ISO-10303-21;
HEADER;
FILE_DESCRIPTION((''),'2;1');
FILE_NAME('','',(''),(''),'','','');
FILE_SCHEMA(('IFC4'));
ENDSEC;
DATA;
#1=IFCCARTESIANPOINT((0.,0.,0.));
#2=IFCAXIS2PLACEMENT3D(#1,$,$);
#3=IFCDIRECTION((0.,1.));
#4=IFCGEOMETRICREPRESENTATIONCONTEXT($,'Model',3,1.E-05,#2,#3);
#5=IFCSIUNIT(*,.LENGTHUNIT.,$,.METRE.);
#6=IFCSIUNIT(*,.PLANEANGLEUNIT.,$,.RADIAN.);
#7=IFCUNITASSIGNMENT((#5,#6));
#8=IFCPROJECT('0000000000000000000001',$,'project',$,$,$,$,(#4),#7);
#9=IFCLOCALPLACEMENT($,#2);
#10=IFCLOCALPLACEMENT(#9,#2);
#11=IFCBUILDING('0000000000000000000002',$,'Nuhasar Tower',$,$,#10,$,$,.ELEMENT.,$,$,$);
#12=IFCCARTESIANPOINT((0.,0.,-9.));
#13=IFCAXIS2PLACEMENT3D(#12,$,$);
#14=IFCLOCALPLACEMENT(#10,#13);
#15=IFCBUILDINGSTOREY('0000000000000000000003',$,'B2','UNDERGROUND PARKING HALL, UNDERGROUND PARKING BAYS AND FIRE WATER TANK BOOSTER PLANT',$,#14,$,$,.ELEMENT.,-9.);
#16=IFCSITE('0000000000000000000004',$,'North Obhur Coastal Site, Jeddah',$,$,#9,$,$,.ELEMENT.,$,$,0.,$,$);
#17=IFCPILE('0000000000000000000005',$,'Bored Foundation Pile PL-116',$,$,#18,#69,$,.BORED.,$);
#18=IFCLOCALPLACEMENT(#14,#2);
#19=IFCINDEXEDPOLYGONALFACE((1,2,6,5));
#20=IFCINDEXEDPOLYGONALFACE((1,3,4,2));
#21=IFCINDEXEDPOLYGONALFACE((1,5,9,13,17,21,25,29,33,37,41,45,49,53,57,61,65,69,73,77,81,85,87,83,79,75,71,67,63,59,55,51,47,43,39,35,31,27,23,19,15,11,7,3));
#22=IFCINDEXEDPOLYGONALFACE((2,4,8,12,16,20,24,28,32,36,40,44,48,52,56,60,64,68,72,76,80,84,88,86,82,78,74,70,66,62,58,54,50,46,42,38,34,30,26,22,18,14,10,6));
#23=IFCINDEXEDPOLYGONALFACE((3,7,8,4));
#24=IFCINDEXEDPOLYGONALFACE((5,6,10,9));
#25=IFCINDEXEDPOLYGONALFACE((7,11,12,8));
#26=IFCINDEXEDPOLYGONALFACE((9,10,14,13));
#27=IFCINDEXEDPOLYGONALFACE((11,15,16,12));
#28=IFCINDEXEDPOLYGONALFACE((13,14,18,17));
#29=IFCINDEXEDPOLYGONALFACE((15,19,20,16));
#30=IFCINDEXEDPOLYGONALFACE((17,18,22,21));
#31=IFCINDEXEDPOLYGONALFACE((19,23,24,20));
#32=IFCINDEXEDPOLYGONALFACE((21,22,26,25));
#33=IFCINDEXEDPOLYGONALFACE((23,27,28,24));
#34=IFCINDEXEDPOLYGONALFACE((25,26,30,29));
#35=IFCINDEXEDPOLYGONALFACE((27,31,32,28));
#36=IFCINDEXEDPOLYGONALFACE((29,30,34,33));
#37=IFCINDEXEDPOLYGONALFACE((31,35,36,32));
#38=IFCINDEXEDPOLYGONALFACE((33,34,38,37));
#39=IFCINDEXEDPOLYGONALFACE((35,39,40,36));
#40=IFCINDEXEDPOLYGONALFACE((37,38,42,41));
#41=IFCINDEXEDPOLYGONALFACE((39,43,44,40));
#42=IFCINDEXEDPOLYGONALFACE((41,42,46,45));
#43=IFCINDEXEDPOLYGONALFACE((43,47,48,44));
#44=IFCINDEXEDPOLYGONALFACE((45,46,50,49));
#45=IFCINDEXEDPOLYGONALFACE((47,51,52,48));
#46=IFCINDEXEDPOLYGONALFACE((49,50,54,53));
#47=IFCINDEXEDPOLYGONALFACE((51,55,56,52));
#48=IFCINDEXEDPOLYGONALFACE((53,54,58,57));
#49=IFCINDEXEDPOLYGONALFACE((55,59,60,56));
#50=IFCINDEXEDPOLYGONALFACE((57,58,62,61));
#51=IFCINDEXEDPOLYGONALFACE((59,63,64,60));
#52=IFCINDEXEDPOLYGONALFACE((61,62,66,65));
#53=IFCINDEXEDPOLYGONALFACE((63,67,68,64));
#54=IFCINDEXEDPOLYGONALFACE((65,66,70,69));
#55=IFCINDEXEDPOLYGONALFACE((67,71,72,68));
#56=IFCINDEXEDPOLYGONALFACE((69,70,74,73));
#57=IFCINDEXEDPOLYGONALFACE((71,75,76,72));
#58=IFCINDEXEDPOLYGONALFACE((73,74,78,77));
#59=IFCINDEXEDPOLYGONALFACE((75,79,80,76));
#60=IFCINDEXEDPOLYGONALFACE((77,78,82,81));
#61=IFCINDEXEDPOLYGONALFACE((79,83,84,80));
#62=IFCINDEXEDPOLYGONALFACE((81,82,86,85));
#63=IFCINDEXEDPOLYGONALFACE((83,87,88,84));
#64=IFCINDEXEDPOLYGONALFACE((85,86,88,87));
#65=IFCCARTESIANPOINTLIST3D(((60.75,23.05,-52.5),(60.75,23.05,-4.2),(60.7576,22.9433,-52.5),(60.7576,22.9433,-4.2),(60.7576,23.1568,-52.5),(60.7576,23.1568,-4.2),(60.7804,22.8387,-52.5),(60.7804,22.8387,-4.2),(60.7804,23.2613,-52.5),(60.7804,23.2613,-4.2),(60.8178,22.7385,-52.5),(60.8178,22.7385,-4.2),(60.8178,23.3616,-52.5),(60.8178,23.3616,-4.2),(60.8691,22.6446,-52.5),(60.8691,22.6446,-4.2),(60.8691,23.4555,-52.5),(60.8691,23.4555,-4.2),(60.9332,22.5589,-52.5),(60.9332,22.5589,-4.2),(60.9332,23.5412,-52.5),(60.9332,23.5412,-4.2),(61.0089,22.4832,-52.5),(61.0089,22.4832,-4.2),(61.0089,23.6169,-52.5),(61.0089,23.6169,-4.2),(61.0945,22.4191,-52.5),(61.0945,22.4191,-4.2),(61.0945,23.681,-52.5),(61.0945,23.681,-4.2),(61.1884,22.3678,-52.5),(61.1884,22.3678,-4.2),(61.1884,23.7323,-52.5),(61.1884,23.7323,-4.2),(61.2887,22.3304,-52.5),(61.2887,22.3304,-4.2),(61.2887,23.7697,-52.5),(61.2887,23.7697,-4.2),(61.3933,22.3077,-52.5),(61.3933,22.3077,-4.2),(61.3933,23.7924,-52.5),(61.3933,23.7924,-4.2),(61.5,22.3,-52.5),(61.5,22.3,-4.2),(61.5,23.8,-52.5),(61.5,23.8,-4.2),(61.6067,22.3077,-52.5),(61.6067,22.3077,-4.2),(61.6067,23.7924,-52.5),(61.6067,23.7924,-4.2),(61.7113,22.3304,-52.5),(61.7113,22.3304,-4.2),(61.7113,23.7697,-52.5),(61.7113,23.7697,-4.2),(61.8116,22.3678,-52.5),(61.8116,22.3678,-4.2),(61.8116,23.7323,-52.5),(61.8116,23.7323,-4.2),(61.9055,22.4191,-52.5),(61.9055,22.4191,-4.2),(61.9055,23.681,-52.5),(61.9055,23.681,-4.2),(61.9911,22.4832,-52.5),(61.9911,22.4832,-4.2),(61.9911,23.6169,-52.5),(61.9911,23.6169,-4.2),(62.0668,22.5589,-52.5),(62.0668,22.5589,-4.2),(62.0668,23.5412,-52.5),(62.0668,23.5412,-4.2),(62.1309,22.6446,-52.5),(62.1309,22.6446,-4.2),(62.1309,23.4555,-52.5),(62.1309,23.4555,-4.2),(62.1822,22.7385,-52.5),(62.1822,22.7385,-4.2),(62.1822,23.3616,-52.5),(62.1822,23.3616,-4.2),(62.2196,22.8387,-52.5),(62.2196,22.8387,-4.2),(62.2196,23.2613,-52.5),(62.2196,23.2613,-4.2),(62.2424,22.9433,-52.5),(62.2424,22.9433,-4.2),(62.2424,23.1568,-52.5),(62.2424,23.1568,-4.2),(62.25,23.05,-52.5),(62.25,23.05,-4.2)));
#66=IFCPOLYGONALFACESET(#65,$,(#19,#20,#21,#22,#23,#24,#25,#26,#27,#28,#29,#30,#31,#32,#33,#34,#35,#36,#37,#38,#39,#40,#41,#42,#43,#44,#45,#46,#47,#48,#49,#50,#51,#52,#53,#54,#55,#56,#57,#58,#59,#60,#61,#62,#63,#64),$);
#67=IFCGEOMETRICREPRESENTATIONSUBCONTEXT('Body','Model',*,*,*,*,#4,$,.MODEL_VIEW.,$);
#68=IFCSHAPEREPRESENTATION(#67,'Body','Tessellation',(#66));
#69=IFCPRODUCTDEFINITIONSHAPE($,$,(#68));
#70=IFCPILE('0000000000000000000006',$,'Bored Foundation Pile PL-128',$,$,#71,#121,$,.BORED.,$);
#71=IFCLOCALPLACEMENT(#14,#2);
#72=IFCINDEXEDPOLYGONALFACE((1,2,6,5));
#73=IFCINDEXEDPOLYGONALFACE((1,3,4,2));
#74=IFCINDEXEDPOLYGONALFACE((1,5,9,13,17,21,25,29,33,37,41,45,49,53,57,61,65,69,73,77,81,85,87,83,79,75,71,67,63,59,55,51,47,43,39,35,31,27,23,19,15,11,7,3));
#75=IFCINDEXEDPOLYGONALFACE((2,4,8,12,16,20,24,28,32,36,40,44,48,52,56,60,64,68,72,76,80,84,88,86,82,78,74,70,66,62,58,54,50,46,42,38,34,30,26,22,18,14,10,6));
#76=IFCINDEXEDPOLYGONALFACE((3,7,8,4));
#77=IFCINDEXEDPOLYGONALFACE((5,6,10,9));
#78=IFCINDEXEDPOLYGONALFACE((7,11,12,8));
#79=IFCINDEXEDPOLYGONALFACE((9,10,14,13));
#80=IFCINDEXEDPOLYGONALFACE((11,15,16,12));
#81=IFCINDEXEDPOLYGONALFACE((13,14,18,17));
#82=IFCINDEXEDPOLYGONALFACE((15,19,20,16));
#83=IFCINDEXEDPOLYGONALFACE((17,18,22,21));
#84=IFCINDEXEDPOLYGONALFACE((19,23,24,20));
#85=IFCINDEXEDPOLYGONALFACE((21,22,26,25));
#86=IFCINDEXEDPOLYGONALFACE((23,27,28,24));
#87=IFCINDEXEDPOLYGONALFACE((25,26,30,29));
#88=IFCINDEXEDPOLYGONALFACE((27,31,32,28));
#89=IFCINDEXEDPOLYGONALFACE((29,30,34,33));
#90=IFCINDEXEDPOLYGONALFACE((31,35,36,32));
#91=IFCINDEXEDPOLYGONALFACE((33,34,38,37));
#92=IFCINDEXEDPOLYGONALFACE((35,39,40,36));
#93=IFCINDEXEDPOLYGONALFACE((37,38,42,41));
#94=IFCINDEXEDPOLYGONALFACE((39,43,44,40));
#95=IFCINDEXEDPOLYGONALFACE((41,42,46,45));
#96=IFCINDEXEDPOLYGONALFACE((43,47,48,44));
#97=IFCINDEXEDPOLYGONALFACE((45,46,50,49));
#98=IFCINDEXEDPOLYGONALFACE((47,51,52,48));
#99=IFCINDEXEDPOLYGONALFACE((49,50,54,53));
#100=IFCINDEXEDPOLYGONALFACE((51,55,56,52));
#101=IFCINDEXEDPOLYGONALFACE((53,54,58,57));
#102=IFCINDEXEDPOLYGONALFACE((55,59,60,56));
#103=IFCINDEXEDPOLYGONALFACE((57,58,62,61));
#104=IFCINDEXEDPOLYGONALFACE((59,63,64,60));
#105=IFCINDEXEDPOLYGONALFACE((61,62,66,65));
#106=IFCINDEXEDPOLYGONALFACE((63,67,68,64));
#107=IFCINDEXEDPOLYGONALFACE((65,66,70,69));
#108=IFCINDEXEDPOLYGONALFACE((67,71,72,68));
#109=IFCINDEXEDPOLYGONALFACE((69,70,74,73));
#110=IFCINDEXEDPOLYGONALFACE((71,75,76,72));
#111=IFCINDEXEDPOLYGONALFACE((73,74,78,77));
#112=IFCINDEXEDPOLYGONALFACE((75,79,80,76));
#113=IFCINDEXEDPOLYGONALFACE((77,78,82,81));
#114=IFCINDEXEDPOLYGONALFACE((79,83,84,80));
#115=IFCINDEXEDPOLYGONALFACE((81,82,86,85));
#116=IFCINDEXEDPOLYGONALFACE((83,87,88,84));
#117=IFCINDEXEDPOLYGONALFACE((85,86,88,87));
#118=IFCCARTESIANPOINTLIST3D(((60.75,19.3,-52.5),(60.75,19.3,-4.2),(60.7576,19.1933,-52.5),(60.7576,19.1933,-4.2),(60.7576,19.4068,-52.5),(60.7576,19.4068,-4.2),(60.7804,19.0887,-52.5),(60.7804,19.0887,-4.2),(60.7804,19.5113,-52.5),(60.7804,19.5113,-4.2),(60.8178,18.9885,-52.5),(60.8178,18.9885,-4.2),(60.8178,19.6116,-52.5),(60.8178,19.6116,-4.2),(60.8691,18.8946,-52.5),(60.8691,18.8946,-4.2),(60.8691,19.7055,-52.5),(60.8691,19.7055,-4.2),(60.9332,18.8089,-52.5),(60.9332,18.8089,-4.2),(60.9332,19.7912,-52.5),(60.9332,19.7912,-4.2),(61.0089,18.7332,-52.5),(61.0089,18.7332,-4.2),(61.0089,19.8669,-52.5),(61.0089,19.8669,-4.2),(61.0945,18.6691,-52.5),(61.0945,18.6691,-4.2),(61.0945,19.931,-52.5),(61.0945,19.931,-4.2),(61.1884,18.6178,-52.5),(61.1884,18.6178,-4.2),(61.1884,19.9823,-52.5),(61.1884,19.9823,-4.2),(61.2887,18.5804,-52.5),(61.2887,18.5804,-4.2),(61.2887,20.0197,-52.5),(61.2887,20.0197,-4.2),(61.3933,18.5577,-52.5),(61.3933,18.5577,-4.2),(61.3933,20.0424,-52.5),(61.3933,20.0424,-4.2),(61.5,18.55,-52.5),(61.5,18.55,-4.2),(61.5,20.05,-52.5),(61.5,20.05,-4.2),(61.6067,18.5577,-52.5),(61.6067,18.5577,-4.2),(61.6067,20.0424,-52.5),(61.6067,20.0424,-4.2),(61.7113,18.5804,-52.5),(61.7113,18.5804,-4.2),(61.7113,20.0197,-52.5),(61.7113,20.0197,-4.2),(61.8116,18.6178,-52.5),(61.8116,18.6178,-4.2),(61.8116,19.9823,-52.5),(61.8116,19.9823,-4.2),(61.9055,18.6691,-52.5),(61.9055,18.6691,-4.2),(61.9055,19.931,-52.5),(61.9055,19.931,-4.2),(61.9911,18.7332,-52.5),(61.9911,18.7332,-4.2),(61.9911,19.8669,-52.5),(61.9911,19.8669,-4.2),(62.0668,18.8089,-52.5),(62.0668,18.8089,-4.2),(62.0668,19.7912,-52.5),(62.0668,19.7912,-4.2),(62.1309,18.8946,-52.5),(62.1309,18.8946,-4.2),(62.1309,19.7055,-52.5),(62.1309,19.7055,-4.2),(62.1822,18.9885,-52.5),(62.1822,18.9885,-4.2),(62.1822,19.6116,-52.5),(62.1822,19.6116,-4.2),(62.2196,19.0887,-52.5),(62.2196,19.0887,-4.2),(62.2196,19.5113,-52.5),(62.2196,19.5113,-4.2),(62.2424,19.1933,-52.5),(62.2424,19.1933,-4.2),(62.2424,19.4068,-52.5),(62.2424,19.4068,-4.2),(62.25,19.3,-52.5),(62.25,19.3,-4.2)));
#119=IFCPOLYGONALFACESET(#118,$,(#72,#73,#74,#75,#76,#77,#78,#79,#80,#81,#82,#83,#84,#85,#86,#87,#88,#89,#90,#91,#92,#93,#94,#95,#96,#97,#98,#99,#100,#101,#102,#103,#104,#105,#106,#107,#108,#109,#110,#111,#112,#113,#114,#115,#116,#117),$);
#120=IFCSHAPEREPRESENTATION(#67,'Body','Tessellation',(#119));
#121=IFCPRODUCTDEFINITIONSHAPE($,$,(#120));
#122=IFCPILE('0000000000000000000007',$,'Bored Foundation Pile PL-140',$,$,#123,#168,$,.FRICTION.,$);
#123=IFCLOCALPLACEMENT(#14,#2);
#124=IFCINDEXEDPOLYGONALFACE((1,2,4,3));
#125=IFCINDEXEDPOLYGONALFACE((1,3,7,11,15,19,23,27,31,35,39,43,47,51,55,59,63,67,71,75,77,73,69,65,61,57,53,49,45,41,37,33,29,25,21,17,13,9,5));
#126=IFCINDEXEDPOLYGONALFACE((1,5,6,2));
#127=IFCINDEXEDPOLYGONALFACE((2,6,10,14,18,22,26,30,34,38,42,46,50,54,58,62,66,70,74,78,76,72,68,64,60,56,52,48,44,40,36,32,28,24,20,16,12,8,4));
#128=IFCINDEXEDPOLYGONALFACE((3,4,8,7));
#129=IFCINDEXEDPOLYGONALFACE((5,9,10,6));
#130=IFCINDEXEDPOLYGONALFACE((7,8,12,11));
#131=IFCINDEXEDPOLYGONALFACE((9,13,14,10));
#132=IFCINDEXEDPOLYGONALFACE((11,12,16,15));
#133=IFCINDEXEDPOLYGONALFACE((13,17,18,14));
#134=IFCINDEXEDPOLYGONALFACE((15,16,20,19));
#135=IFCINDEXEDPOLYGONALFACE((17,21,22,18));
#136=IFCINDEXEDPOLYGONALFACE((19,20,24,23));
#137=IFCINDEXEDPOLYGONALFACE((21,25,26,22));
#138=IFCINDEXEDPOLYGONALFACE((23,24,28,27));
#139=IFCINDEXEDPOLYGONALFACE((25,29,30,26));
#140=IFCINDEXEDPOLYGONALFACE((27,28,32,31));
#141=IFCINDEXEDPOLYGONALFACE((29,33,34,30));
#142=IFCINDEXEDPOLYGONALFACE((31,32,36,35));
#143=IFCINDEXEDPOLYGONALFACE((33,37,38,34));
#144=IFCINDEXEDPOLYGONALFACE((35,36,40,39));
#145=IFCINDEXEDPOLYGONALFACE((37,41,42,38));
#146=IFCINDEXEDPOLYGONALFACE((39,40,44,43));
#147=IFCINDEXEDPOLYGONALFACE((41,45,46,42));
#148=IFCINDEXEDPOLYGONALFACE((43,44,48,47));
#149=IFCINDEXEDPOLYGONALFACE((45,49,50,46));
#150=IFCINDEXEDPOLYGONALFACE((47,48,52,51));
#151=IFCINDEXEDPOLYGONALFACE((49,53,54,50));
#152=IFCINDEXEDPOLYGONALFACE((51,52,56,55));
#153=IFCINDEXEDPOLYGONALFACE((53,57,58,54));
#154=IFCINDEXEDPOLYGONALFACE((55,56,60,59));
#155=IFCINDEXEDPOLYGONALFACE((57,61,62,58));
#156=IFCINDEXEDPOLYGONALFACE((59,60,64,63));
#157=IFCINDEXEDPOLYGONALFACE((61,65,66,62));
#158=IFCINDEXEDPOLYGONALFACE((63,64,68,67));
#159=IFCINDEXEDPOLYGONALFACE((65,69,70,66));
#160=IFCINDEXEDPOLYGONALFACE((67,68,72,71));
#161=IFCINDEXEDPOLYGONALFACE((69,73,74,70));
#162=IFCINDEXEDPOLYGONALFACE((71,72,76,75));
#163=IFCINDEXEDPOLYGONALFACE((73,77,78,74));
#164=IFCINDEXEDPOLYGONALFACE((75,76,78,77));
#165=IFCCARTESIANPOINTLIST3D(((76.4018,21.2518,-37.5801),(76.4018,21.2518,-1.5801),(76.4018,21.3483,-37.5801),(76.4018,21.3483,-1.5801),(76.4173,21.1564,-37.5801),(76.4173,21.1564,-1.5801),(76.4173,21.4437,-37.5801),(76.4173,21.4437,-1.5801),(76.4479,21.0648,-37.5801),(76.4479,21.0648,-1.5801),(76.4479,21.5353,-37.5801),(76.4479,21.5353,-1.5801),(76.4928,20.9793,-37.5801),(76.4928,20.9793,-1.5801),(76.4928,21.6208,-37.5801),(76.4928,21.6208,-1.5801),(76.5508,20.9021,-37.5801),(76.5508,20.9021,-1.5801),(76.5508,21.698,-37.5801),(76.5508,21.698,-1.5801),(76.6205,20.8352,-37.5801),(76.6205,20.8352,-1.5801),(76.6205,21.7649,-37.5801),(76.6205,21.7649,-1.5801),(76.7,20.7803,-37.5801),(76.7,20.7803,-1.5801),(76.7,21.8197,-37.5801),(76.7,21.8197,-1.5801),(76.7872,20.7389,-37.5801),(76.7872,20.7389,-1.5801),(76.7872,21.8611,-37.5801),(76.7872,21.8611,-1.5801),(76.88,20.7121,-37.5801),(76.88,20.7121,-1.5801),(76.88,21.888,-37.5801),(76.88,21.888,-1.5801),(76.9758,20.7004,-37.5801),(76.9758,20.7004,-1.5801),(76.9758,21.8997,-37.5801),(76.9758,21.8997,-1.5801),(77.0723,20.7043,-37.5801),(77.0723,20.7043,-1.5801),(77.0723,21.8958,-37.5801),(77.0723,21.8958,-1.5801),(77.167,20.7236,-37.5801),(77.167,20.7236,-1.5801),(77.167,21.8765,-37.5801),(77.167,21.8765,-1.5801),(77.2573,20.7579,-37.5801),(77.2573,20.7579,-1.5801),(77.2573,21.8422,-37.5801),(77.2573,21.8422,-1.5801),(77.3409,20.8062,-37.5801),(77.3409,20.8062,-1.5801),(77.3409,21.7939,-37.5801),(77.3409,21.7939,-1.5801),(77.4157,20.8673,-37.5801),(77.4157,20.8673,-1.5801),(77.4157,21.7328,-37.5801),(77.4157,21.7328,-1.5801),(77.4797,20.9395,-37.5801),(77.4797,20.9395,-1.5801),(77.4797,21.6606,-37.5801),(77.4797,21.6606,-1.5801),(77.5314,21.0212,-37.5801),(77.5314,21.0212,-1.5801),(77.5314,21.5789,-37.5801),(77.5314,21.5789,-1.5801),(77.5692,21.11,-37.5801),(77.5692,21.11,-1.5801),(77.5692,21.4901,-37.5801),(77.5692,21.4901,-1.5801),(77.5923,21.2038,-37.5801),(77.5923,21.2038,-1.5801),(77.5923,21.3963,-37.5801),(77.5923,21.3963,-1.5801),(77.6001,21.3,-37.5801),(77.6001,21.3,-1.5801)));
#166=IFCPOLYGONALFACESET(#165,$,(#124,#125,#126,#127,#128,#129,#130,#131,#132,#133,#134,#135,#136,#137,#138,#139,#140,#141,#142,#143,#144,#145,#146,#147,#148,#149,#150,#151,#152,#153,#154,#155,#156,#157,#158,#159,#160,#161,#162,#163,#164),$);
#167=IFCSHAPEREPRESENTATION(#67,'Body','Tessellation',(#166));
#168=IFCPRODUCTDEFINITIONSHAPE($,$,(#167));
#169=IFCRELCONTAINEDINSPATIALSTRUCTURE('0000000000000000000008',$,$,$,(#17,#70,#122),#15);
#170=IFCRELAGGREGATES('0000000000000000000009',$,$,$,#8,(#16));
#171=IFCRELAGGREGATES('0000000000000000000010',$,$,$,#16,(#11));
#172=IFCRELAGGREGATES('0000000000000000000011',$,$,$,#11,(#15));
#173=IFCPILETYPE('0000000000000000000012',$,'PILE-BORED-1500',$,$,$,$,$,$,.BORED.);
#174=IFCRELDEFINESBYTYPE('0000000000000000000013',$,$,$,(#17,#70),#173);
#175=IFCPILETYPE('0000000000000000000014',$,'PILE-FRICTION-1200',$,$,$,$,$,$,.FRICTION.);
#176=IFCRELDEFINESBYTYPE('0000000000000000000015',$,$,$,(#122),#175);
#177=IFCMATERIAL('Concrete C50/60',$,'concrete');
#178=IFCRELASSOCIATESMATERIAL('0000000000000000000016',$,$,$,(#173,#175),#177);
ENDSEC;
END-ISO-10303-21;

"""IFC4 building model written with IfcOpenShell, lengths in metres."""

from ifc_helpers import new_model, si_unit, direction, frame, origin, origin_2d, place, context, subcontext, project, spatial, circle, extrude, material, material_profile, profile_set, type_object, element, save


model = new_model("IFC4")

# Units and contexts
model_context = context("Model", 3, precision=1e-05, world=origin(), true_north=direction((0.0, 1.0)))
body_context = subcontext(model_context, "Body", "Model", "MODEL_VIEW")
ifc_project = project(units=[si_unit("LENGTHUNIT", "METRE"), si_unit("PLANEANGLEUNIT", "RADIAN")], contexts=[model_context])

# Site, building, storey
site_placement = place(None, origin())
site = spatial("IfcSite", under=ifc_project, at=site_placement, Name="North Obhur Coastal Site, Jeddah", CompositionType="ELEMENT", RefElevation=0.0)
building_placement = place(site_placement, origin())
building = spatial("IfcBuilding", under=site, at=building_placement, Name="Nuhasar Tower", CompositionType="ELEMENT")
storey_placement = place(building_placement, frame((0.0, 0.0, -9.0)))
storey = spatial("IfcBuildingStorey", under=building, at=storey_placement, Name="B2", Description="UNDERGROUND PARKING HALL, UNDERGROUND PARKING BAYS AND FIRE WATER TANK BOOSTER PLANT", CompositionType="ELEMENT", Elevation=-9.0)

# Shared definitions
ifc_material_1 = material(Name="Concrete C50/60", Category="concrete")

# Piles
ifc_material_profile_1 = material_profile(ifc_material_1, circle(Radius=0.75, at=origin_2d()), Name="PILE1500")
ifc_profile_set_1 = profile_set([ifc_material_profile_1], Name="Concrete C50/60")
pile_type_1 = type_object("IfcPileType", Name="PILE-BORED-1500", PredefinedType="BORED", material=ifc_profile_set_1)
for number, where, z_axis, x_axis, name in (
    (1, (61.5, 23.05, -4.2), (0.0, 0.0, -1.0), (1.0, 0.0, 0.0), "Bored Foundation Pile PL-116"),
    (2, (61.5, 19.3, -4.2), (0.0, 0.0, -1.0), (1.0, 0.0, 0.0), "Bored Foundation Pile PL-128"),
):
    element("IfcPile", number, at=place(storey_placement, frame(where, z_axis=z_axis, x_axis=x_axis)), inside=storey, type_object=pile_type_1, Name=name, PredefinedType="BORED", context=body_context, shape_type="SweptSolid", body=[
        extrude(circle(Radius=0.75, at=origin_2d()), origin(), (0.0, 0.0, 1.0), 48.3),
    ])
ifc_material_profile_2 = material_profile(ifc_material_1, circle(Radius=0.6001, at=origin_2d()), Name="PILE1200")
ifc_profile_set_2 = profile_set([ifc_material_profile_2], Name="Concrete C50/60")
pile_type_2 = type_object("IfcPileType", Name="PILE-FRICTION-1200", PredefinedType="FRICTION", material=ifc_profile_set_2)
for number, where, z_axis, x_axis, name in (
    (3, (77.0, 21.3, -1.5801), (0.0, 0.0, -1.0), (1.0, 0.0, 0.0), "Bored Foundation Pile PL-140"),
):
    element("IfcPile", number, at=place(storey_placement, frame(where, z_axis=z_axis, x_axis=x_axis)), inside=storey, type_object=pile_type_2, Name=name, PredefinedType="FRICTION", context=body_context, shape_type="SweptSolid", body=[
        extrude(circle(Radius=0.6001, at=origin_2d()), origin(), (0.0, 0.0, 1.0), 36.0),
    ])

save(model, "model.ifc")
